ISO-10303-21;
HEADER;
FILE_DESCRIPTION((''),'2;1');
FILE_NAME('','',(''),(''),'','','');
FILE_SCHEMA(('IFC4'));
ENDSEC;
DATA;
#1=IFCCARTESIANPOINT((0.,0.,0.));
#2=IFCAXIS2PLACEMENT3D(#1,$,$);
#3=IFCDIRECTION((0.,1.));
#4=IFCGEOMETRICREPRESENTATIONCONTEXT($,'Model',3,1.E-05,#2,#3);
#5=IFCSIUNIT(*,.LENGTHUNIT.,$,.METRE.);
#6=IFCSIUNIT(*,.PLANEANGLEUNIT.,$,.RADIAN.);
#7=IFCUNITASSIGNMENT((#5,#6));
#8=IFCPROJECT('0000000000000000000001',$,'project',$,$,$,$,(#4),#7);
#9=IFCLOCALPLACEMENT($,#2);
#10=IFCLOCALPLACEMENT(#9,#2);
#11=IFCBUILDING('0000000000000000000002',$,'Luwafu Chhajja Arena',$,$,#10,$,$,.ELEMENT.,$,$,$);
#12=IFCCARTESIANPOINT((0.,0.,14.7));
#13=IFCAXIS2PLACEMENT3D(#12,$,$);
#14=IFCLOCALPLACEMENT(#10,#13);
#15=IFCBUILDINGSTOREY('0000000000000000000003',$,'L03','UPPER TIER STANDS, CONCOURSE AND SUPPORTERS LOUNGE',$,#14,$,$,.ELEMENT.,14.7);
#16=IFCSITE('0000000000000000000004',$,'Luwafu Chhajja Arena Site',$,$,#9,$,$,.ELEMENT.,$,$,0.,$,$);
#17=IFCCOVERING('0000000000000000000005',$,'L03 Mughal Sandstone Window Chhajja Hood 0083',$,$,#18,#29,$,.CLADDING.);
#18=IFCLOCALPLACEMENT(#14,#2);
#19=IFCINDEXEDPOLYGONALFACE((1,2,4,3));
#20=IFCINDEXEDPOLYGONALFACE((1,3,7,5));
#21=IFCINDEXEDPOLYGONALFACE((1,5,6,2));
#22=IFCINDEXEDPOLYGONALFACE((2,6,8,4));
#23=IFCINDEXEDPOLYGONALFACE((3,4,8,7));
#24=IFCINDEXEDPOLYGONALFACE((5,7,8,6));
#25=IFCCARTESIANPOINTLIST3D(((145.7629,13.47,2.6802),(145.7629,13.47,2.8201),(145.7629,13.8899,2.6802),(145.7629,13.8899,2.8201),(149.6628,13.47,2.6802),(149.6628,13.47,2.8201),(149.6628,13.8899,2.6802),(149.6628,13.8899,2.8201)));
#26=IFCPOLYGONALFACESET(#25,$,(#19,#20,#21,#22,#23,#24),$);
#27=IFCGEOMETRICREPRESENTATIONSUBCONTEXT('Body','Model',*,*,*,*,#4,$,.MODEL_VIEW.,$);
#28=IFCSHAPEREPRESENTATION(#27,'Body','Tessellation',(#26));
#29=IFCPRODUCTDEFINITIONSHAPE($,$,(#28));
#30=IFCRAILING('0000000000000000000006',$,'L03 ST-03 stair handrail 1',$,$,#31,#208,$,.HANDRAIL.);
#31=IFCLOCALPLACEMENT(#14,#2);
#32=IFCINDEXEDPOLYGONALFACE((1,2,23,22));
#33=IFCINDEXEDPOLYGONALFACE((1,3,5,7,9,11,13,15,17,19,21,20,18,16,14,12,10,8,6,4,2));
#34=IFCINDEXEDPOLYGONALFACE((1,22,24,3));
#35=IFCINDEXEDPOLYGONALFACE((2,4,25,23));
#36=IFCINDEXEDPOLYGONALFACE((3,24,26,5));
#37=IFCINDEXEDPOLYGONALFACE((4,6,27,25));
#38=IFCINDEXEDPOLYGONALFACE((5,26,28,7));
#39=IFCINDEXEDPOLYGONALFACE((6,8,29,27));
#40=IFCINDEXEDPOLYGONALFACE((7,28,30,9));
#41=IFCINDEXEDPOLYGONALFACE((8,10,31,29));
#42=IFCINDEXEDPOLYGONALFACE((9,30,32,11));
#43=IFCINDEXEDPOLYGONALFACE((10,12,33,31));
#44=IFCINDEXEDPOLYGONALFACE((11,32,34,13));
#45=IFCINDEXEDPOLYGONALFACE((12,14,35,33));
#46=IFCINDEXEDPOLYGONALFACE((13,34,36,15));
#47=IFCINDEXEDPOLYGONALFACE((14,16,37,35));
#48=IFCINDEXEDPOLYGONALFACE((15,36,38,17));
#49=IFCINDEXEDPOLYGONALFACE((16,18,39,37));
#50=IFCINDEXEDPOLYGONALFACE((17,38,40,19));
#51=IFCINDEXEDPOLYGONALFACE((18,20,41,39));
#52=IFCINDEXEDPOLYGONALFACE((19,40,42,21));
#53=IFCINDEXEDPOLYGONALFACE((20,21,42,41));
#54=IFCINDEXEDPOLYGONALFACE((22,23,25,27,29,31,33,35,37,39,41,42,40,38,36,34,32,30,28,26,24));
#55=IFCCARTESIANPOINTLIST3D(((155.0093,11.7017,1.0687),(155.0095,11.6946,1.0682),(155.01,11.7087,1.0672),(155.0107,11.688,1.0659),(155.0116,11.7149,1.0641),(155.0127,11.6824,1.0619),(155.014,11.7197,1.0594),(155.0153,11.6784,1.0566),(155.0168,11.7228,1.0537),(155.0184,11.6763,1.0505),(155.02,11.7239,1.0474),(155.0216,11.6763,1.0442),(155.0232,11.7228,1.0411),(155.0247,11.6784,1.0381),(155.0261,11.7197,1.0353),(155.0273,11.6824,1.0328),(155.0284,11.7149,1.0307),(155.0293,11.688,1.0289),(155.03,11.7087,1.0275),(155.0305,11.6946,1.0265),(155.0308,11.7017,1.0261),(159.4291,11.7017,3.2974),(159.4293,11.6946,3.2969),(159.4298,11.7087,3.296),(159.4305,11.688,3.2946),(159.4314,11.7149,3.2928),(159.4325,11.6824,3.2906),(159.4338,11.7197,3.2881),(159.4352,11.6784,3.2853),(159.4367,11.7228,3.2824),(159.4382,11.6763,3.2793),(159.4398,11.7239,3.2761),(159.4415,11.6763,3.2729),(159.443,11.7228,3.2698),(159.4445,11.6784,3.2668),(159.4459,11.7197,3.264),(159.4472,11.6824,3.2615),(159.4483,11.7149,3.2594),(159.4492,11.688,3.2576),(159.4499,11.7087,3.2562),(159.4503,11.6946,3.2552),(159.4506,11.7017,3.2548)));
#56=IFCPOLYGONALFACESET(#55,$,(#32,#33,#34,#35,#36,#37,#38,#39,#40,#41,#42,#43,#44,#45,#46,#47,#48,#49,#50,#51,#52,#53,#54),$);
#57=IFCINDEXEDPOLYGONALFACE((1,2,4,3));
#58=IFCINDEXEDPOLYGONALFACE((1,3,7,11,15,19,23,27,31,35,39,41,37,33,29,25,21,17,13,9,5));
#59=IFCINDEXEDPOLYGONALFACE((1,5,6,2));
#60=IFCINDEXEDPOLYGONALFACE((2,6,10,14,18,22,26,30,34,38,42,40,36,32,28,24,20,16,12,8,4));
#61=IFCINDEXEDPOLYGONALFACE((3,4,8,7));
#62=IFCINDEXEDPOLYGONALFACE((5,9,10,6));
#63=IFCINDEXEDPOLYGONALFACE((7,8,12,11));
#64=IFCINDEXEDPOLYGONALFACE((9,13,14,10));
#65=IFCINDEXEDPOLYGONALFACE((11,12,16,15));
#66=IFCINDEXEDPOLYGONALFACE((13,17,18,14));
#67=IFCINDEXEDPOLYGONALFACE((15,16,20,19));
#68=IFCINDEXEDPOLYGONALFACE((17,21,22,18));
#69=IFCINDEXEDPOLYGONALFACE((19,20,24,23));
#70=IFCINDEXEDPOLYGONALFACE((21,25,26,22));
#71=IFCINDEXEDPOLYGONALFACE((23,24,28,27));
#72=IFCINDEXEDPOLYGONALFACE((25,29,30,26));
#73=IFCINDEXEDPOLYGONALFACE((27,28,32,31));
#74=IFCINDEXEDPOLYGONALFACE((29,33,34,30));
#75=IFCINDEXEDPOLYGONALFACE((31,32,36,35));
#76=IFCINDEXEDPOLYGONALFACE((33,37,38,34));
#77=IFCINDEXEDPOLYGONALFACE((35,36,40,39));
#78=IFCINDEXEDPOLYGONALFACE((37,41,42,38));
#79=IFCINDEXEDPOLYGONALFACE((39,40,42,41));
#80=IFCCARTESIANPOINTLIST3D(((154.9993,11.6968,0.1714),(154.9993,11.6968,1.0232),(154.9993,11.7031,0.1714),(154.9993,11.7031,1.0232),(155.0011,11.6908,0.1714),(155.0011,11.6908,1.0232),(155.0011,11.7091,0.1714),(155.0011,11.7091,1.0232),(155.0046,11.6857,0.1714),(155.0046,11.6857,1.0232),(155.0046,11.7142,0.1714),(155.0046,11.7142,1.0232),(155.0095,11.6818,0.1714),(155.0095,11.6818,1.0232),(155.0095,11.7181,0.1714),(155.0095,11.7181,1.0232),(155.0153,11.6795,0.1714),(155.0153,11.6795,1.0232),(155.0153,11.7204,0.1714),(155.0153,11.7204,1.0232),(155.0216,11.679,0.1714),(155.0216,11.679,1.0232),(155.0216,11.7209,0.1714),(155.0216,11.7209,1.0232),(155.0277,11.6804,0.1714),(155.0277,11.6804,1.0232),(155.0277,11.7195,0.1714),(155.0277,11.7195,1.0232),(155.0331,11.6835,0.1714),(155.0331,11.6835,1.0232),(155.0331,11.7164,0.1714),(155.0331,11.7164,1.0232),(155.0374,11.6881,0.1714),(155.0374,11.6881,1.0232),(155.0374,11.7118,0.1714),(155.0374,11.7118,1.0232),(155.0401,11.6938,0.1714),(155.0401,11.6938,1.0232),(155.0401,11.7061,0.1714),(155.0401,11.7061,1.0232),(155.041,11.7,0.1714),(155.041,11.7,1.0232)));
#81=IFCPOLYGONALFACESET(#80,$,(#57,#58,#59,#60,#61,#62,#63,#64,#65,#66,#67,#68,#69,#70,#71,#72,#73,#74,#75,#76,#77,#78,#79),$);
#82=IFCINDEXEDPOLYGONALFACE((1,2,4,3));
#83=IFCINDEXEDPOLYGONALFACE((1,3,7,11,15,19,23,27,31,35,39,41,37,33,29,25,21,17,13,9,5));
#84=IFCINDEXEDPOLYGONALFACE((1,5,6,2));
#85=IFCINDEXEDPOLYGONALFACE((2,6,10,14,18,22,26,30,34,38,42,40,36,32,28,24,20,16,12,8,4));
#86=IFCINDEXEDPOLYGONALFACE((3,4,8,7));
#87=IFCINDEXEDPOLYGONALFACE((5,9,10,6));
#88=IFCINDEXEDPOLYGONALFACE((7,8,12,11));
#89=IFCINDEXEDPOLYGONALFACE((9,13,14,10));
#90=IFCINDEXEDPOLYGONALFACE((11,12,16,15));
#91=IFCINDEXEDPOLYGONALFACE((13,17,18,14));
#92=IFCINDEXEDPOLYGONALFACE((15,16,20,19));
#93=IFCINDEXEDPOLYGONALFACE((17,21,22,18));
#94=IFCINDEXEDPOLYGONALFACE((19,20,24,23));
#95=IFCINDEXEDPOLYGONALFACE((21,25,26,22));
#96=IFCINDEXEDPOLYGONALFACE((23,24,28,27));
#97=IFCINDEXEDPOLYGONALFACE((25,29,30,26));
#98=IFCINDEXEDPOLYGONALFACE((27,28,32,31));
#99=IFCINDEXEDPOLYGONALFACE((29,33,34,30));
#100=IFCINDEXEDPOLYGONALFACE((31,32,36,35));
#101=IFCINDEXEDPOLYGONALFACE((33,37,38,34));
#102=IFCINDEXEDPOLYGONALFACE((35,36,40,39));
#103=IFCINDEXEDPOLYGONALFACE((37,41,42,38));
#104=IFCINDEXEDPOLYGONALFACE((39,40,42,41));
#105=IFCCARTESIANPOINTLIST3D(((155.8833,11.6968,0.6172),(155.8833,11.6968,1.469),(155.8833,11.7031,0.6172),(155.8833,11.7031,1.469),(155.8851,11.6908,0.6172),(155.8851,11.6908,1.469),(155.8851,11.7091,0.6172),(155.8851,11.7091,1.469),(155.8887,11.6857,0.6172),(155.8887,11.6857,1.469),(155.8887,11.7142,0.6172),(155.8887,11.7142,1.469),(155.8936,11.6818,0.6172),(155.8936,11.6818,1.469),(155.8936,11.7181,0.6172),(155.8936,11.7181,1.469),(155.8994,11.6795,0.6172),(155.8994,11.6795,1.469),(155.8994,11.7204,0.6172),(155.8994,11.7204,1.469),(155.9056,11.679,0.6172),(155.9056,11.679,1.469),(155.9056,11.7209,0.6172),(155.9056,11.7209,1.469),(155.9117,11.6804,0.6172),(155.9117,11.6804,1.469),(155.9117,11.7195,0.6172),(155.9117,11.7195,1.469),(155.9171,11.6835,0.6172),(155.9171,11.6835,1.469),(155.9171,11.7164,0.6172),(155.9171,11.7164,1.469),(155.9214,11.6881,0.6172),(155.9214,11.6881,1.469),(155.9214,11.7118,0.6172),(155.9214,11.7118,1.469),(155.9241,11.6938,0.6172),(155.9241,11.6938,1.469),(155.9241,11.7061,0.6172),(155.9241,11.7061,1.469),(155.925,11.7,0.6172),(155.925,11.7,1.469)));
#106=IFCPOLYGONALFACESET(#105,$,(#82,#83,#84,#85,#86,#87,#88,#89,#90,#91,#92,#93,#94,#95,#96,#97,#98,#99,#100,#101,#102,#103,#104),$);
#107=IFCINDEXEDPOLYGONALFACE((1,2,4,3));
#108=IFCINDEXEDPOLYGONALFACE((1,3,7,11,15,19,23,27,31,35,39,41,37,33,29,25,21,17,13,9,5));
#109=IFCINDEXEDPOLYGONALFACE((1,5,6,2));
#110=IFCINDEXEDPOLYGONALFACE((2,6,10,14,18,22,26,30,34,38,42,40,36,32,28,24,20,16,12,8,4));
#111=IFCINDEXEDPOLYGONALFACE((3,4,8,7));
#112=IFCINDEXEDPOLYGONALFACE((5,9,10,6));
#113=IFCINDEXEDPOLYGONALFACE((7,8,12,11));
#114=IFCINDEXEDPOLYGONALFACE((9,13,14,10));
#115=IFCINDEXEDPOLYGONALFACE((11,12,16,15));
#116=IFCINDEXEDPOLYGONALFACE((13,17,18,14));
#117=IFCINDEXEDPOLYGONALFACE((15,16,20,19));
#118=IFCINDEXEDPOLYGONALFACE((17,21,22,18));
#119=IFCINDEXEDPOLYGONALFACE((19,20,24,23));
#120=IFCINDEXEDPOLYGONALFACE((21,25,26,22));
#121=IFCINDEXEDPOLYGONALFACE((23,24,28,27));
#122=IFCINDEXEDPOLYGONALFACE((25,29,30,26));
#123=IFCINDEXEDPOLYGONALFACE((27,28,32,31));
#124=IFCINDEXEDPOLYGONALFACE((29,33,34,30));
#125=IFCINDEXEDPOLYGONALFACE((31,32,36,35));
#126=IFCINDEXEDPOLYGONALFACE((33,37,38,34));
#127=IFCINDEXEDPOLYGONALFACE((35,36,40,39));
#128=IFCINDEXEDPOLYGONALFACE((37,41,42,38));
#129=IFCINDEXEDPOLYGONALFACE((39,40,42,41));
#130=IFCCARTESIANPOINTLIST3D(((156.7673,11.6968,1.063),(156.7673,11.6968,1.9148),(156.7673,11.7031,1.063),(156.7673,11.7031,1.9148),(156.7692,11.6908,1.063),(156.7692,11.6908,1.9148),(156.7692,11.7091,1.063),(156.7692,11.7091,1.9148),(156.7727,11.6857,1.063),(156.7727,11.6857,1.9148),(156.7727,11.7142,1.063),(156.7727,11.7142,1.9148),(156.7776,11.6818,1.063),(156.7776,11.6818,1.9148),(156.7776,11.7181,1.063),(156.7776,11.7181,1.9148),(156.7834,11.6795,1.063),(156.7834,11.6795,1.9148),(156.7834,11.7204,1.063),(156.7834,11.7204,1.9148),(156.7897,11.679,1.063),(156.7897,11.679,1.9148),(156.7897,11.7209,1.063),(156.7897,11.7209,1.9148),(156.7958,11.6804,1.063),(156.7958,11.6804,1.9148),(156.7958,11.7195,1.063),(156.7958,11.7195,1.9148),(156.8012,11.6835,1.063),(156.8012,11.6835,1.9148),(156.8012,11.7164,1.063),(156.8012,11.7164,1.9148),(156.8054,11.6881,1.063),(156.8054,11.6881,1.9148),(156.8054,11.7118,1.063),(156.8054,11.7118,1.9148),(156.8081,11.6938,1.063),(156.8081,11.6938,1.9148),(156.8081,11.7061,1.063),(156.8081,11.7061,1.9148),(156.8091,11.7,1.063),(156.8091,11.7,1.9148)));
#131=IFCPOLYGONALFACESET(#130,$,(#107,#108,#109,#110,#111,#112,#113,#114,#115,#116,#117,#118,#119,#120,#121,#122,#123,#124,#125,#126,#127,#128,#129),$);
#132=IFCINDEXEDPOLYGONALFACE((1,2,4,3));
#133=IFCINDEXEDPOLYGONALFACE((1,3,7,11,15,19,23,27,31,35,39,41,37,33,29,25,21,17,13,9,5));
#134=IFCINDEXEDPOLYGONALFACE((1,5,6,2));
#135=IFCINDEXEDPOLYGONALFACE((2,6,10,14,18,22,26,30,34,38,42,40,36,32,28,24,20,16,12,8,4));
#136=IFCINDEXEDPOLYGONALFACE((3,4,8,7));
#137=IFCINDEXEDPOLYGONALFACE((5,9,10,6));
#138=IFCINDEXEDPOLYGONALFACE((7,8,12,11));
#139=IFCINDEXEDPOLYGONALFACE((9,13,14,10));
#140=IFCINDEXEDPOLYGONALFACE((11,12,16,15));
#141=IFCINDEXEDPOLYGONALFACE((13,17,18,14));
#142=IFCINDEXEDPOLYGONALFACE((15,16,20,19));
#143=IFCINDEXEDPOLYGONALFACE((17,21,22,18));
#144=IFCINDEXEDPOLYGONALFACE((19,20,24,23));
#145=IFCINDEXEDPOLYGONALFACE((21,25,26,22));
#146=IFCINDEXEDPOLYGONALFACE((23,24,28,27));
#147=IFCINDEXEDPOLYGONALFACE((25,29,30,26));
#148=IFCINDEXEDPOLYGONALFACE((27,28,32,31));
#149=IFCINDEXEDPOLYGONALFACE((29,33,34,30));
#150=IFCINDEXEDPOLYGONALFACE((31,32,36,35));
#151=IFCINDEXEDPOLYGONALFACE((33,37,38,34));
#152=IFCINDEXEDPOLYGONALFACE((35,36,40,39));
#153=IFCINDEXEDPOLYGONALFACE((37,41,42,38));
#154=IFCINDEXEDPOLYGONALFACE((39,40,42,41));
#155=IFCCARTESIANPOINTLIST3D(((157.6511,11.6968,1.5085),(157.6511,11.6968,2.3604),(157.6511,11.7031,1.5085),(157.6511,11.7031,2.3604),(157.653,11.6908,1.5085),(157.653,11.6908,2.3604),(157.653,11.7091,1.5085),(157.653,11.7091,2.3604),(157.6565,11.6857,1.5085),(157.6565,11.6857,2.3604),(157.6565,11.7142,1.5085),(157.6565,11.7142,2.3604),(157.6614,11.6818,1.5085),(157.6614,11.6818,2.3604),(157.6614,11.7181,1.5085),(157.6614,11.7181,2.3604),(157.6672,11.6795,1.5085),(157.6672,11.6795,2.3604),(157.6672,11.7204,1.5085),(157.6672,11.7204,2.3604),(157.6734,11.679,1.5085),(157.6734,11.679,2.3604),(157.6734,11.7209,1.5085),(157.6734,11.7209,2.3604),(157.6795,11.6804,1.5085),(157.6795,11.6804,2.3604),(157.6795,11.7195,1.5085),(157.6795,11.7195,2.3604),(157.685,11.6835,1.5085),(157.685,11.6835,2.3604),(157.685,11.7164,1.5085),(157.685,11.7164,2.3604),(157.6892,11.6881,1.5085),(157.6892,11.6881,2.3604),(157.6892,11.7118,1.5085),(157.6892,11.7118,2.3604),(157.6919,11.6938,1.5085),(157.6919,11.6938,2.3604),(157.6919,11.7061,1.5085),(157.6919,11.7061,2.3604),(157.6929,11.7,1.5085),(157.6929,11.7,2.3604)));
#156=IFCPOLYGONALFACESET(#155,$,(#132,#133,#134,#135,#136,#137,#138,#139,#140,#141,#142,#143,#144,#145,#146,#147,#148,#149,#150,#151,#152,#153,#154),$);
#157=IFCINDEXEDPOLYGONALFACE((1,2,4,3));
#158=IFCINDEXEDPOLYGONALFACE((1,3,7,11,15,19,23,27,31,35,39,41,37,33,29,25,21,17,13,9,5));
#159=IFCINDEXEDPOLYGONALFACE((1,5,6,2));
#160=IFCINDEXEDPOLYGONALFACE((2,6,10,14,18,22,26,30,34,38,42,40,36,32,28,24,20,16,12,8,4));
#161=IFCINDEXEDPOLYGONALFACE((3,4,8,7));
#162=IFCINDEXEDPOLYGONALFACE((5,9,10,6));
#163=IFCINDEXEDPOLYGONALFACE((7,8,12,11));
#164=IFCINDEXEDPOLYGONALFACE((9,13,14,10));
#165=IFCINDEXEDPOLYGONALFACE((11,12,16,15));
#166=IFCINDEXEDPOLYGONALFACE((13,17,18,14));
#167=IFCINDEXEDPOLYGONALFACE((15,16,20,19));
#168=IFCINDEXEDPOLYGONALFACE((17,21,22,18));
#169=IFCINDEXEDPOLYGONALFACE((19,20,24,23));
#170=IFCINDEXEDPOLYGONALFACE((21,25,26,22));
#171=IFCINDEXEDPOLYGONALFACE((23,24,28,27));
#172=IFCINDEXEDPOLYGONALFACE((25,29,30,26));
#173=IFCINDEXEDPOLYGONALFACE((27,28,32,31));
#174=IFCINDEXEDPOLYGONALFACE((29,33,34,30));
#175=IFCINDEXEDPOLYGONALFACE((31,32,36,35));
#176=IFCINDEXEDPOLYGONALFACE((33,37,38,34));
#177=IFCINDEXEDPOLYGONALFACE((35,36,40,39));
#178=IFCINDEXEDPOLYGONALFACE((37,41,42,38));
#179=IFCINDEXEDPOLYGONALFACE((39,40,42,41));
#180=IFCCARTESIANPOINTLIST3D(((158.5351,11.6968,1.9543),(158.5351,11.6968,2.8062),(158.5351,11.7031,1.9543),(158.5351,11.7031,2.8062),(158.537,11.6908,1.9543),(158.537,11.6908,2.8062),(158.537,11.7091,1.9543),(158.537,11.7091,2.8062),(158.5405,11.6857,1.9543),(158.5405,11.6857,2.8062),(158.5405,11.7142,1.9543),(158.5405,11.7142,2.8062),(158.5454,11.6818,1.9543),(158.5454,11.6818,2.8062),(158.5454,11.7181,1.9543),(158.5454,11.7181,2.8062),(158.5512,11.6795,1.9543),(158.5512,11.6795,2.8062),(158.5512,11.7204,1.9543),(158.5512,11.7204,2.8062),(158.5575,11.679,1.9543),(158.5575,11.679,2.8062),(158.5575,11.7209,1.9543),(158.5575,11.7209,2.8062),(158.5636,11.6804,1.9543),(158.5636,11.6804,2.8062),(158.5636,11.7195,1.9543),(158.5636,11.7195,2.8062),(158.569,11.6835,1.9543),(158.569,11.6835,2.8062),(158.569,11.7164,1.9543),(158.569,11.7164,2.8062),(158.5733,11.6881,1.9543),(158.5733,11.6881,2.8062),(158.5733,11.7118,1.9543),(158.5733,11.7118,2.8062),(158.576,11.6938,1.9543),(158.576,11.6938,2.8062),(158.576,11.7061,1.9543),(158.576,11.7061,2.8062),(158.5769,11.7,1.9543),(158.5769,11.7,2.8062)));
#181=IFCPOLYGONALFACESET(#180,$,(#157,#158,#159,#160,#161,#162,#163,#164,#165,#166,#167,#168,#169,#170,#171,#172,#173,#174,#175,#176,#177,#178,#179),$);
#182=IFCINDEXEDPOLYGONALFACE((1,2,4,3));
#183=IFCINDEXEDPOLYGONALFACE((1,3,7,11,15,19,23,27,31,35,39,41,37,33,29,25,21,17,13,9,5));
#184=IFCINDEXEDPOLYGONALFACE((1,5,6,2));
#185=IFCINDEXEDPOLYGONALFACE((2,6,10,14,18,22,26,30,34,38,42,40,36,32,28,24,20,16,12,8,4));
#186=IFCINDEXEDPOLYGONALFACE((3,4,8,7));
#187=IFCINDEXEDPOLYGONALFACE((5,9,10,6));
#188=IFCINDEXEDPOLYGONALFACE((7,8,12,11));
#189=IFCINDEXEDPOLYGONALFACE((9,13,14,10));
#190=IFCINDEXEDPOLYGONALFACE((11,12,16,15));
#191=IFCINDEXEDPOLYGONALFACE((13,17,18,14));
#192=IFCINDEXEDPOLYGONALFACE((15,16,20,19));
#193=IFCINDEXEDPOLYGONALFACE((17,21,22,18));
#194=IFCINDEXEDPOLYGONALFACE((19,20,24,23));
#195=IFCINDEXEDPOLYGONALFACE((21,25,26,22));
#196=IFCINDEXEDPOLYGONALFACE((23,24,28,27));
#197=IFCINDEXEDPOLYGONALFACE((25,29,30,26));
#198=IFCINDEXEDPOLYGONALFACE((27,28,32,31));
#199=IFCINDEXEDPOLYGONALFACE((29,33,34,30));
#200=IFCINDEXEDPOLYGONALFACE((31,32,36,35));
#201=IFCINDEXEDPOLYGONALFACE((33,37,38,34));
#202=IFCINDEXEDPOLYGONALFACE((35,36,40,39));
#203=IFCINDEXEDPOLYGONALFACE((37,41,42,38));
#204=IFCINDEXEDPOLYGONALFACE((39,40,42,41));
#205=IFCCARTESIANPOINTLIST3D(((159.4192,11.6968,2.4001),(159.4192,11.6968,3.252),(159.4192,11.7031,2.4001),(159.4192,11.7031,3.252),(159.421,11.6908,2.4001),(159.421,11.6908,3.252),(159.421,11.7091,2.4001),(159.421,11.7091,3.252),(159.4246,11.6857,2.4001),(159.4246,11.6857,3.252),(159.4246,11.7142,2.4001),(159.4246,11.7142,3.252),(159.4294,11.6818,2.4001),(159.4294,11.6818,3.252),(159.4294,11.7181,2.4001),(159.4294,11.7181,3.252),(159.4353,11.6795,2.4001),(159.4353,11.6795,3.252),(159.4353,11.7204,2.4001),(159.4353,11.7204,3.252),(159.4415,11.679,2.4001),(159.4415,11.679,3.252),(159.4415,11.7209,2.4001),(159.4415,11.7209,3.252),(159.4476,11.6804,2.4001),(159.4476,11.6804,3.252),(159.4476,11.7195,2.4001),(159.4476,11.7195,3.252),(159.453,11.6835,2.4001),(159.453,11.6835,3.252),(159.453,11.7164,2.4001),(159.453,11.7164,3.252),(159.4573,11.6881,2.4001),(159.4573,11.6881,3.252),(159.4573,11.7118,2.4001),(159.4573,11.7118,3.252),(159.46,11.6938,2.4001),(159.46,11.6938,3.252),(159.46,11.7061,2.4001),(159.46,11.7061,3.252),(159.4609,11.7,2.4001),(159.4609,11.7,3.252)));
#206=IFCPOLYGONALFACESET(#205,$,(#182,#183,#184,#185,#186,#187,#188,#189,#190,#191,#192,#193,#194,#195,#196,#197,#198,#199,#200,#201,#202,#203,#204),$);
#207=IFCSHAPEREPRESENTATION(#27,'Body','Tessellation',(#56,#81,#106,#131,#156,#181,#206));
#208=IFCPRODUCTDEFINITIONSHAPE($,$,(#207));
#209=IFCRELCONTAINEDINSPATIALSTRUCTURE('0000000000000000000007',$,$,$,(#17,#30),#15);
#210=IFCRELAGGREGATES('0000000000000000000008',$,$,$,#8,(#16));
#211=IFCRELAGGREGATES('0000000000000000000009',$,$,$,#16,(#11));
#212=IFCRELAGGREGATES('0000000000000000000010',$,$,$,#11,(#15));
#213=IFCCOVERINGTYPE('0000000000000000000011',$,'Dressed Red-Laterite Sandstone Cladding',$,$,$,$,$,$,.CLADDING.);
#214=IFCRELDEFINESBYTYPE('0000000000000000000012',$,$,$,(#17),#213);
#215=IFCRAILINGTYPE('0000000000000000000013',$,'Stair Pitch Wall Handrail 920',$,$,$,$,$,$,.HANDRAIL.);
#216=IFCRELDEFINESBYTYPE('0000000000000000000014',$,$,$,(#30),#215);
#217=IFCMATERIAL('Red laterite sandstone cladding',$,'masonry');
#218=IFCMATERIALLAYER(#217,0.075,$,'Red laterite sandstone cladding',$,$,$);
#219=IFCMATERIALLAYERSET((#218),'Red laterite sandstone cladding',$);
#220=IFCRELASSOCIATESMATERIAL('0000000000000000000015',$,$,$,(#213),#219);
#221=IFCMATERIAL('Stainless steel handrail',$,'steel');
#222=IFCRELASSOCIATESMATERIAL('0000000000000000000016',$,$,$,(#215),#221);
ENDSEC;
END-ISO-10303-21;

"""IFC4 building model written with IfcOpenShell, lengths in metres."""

from ifc_helpers import new_model, si_unit, direction, frame, origin, origin_2d, place, context, subcontext, project, spatial, rectangle, circle, extrude, material, layer, layer_set, type_object, element, save


model = new_model("IFC4")

# Units and contexts
model_context = context("Model", 3, precision=1e-05, world=origin(), true_north=direction((0.0, 1.0)))
body_context = subcontext(model_context, "Body", "Model", "MODEL_VIEW")
ifc_project = project(units=[si_unit("LENGTHUNIT", "METRE"), si_unit("PLANEANGLEUNIT", "RADIAN")], contexts=[model_context])

# Site, building, storey
site_placement = place(None, origin())
site = spatial("IfcSite", under=ifc_project, at=site_placement, Name="Luwafu Chhajja Arena Site", CompositionType="ELEMENT", RefElevation=0.0)
building_placement = place(site_placement, origin())
building = spatial("IfcBuilding", under=site, at=building_placement, Name="Luwafu Chhajja Arena", CompositionType="ELEMENT")
storey_placement = place(building_placement, frame((0.0, 0.0, 14.7)))
storey = spatial("IfcBuildingStorey", under=building, at=storey_placement, Name="L03", Description="UPPER TIER STANDS, CONCOURSE AND SUPPORTERS LOUNGE", CompositionType="ELEMENT", Elevation=14.7)

# Covering
ifc_material_1 = material(Name="Red laterite sandstone cladding", Category="masonry")
ifc_layer_1 = layer(ifc_material_1, 0.075, Name="Red laterite sandstone cladding")
ifc_layer_set_1 = layer_set([ifc_layer_1], Name="Red laterite sandstone cladding")
covering_type = type_object("IfcCoveringType", Name="Dressed Red-Laterite Sandstone Cladding", PredefinedType="CLADDING", material=ifc_layer_set_1)
covering_1_placement = place(storey_placement, frame((147.7129, 13.6799, 2.6802), z_axis=(0.0, 0.0, 1.0), x_axis=(1.0, 0.0, 0.0)))
element("IfcCovering", 1, at=covering_1_placement, inside=storey, type_object=covering_type, Name="L03 Mughal Sandstone Window Chhajja Hood 0083", PredefinedType="CLADDING", context=body_context, shape_type="SweptSolid", body=[
    extrude(rectangle(XDim=3.8999, YDim=0.4199, at=origin_2d()), origin(), (0.0, 0.0, 1.0), 0.1399),
])

# Railing
ifc_material_2 = material(Name="Stainless steel handrail", Category="steel")
railing_type_1 = type_object("IfcRailingType", Name="Stair Pitch Wall Handrail 920", PredefinedType="HANDRAIL", material=ifc_material_2)
railing_1_placement = place(storey_placement, frame((155.02, 11.7, 0.1714)))
element("IfcRailing", 2, at=railing_1_placement, inside=storey, type_object=railing_type_1, Name="L03 ST-03 stair handrail 1", PredefinedType="HANDRAIL", context=body_context, shape_type="SweptSolid", body=[
    extrude(circle(Radius=0.0239, at=origin_2d()), frame((0.0, 0.0, 0.876), z_axis=(0.892903, 0.0, 0.450249), x_axis=(0.0, 1.0, 0.0)), (0.0, 0.0, 1.0), 4.95),
    extrude(circle(Radius=0.021, at=origin_2d()), origin(), (0.0, 0.0, 1.0), 0.8518),
    extrude(circle(Radius=0.021, at=origin_2d()), frame((0.884, 0.0, 0.4458)), (0.0, 0.0, 1.0), 0.8518),
    extrude(circle(Radius=0.021, at=origin_2d()), frame((1.7681, 0.0, 0.8916)), (0.0, 0.0, 1.0), 0.8518),
    extrude(circle(Radius=0.021, at=origin_2d()), frame((2.6519, 0.0, 1.3372)), (0.0, 0.0, 1.0), 0.8518),
    extrude(circle(Radius=0.021, at=origin_2d()), frame((3.5359, 0.0, 1.783)), (0.0, 0.0, 1.0), 0.8518),
    extrude(circle(Radius=0.021, at=origin_2d()), frame((4.4199, 0.0, 2.2288)), (0.0, 0.0, 1.0), 0.8518),
])

save(model, "model.ifc")
